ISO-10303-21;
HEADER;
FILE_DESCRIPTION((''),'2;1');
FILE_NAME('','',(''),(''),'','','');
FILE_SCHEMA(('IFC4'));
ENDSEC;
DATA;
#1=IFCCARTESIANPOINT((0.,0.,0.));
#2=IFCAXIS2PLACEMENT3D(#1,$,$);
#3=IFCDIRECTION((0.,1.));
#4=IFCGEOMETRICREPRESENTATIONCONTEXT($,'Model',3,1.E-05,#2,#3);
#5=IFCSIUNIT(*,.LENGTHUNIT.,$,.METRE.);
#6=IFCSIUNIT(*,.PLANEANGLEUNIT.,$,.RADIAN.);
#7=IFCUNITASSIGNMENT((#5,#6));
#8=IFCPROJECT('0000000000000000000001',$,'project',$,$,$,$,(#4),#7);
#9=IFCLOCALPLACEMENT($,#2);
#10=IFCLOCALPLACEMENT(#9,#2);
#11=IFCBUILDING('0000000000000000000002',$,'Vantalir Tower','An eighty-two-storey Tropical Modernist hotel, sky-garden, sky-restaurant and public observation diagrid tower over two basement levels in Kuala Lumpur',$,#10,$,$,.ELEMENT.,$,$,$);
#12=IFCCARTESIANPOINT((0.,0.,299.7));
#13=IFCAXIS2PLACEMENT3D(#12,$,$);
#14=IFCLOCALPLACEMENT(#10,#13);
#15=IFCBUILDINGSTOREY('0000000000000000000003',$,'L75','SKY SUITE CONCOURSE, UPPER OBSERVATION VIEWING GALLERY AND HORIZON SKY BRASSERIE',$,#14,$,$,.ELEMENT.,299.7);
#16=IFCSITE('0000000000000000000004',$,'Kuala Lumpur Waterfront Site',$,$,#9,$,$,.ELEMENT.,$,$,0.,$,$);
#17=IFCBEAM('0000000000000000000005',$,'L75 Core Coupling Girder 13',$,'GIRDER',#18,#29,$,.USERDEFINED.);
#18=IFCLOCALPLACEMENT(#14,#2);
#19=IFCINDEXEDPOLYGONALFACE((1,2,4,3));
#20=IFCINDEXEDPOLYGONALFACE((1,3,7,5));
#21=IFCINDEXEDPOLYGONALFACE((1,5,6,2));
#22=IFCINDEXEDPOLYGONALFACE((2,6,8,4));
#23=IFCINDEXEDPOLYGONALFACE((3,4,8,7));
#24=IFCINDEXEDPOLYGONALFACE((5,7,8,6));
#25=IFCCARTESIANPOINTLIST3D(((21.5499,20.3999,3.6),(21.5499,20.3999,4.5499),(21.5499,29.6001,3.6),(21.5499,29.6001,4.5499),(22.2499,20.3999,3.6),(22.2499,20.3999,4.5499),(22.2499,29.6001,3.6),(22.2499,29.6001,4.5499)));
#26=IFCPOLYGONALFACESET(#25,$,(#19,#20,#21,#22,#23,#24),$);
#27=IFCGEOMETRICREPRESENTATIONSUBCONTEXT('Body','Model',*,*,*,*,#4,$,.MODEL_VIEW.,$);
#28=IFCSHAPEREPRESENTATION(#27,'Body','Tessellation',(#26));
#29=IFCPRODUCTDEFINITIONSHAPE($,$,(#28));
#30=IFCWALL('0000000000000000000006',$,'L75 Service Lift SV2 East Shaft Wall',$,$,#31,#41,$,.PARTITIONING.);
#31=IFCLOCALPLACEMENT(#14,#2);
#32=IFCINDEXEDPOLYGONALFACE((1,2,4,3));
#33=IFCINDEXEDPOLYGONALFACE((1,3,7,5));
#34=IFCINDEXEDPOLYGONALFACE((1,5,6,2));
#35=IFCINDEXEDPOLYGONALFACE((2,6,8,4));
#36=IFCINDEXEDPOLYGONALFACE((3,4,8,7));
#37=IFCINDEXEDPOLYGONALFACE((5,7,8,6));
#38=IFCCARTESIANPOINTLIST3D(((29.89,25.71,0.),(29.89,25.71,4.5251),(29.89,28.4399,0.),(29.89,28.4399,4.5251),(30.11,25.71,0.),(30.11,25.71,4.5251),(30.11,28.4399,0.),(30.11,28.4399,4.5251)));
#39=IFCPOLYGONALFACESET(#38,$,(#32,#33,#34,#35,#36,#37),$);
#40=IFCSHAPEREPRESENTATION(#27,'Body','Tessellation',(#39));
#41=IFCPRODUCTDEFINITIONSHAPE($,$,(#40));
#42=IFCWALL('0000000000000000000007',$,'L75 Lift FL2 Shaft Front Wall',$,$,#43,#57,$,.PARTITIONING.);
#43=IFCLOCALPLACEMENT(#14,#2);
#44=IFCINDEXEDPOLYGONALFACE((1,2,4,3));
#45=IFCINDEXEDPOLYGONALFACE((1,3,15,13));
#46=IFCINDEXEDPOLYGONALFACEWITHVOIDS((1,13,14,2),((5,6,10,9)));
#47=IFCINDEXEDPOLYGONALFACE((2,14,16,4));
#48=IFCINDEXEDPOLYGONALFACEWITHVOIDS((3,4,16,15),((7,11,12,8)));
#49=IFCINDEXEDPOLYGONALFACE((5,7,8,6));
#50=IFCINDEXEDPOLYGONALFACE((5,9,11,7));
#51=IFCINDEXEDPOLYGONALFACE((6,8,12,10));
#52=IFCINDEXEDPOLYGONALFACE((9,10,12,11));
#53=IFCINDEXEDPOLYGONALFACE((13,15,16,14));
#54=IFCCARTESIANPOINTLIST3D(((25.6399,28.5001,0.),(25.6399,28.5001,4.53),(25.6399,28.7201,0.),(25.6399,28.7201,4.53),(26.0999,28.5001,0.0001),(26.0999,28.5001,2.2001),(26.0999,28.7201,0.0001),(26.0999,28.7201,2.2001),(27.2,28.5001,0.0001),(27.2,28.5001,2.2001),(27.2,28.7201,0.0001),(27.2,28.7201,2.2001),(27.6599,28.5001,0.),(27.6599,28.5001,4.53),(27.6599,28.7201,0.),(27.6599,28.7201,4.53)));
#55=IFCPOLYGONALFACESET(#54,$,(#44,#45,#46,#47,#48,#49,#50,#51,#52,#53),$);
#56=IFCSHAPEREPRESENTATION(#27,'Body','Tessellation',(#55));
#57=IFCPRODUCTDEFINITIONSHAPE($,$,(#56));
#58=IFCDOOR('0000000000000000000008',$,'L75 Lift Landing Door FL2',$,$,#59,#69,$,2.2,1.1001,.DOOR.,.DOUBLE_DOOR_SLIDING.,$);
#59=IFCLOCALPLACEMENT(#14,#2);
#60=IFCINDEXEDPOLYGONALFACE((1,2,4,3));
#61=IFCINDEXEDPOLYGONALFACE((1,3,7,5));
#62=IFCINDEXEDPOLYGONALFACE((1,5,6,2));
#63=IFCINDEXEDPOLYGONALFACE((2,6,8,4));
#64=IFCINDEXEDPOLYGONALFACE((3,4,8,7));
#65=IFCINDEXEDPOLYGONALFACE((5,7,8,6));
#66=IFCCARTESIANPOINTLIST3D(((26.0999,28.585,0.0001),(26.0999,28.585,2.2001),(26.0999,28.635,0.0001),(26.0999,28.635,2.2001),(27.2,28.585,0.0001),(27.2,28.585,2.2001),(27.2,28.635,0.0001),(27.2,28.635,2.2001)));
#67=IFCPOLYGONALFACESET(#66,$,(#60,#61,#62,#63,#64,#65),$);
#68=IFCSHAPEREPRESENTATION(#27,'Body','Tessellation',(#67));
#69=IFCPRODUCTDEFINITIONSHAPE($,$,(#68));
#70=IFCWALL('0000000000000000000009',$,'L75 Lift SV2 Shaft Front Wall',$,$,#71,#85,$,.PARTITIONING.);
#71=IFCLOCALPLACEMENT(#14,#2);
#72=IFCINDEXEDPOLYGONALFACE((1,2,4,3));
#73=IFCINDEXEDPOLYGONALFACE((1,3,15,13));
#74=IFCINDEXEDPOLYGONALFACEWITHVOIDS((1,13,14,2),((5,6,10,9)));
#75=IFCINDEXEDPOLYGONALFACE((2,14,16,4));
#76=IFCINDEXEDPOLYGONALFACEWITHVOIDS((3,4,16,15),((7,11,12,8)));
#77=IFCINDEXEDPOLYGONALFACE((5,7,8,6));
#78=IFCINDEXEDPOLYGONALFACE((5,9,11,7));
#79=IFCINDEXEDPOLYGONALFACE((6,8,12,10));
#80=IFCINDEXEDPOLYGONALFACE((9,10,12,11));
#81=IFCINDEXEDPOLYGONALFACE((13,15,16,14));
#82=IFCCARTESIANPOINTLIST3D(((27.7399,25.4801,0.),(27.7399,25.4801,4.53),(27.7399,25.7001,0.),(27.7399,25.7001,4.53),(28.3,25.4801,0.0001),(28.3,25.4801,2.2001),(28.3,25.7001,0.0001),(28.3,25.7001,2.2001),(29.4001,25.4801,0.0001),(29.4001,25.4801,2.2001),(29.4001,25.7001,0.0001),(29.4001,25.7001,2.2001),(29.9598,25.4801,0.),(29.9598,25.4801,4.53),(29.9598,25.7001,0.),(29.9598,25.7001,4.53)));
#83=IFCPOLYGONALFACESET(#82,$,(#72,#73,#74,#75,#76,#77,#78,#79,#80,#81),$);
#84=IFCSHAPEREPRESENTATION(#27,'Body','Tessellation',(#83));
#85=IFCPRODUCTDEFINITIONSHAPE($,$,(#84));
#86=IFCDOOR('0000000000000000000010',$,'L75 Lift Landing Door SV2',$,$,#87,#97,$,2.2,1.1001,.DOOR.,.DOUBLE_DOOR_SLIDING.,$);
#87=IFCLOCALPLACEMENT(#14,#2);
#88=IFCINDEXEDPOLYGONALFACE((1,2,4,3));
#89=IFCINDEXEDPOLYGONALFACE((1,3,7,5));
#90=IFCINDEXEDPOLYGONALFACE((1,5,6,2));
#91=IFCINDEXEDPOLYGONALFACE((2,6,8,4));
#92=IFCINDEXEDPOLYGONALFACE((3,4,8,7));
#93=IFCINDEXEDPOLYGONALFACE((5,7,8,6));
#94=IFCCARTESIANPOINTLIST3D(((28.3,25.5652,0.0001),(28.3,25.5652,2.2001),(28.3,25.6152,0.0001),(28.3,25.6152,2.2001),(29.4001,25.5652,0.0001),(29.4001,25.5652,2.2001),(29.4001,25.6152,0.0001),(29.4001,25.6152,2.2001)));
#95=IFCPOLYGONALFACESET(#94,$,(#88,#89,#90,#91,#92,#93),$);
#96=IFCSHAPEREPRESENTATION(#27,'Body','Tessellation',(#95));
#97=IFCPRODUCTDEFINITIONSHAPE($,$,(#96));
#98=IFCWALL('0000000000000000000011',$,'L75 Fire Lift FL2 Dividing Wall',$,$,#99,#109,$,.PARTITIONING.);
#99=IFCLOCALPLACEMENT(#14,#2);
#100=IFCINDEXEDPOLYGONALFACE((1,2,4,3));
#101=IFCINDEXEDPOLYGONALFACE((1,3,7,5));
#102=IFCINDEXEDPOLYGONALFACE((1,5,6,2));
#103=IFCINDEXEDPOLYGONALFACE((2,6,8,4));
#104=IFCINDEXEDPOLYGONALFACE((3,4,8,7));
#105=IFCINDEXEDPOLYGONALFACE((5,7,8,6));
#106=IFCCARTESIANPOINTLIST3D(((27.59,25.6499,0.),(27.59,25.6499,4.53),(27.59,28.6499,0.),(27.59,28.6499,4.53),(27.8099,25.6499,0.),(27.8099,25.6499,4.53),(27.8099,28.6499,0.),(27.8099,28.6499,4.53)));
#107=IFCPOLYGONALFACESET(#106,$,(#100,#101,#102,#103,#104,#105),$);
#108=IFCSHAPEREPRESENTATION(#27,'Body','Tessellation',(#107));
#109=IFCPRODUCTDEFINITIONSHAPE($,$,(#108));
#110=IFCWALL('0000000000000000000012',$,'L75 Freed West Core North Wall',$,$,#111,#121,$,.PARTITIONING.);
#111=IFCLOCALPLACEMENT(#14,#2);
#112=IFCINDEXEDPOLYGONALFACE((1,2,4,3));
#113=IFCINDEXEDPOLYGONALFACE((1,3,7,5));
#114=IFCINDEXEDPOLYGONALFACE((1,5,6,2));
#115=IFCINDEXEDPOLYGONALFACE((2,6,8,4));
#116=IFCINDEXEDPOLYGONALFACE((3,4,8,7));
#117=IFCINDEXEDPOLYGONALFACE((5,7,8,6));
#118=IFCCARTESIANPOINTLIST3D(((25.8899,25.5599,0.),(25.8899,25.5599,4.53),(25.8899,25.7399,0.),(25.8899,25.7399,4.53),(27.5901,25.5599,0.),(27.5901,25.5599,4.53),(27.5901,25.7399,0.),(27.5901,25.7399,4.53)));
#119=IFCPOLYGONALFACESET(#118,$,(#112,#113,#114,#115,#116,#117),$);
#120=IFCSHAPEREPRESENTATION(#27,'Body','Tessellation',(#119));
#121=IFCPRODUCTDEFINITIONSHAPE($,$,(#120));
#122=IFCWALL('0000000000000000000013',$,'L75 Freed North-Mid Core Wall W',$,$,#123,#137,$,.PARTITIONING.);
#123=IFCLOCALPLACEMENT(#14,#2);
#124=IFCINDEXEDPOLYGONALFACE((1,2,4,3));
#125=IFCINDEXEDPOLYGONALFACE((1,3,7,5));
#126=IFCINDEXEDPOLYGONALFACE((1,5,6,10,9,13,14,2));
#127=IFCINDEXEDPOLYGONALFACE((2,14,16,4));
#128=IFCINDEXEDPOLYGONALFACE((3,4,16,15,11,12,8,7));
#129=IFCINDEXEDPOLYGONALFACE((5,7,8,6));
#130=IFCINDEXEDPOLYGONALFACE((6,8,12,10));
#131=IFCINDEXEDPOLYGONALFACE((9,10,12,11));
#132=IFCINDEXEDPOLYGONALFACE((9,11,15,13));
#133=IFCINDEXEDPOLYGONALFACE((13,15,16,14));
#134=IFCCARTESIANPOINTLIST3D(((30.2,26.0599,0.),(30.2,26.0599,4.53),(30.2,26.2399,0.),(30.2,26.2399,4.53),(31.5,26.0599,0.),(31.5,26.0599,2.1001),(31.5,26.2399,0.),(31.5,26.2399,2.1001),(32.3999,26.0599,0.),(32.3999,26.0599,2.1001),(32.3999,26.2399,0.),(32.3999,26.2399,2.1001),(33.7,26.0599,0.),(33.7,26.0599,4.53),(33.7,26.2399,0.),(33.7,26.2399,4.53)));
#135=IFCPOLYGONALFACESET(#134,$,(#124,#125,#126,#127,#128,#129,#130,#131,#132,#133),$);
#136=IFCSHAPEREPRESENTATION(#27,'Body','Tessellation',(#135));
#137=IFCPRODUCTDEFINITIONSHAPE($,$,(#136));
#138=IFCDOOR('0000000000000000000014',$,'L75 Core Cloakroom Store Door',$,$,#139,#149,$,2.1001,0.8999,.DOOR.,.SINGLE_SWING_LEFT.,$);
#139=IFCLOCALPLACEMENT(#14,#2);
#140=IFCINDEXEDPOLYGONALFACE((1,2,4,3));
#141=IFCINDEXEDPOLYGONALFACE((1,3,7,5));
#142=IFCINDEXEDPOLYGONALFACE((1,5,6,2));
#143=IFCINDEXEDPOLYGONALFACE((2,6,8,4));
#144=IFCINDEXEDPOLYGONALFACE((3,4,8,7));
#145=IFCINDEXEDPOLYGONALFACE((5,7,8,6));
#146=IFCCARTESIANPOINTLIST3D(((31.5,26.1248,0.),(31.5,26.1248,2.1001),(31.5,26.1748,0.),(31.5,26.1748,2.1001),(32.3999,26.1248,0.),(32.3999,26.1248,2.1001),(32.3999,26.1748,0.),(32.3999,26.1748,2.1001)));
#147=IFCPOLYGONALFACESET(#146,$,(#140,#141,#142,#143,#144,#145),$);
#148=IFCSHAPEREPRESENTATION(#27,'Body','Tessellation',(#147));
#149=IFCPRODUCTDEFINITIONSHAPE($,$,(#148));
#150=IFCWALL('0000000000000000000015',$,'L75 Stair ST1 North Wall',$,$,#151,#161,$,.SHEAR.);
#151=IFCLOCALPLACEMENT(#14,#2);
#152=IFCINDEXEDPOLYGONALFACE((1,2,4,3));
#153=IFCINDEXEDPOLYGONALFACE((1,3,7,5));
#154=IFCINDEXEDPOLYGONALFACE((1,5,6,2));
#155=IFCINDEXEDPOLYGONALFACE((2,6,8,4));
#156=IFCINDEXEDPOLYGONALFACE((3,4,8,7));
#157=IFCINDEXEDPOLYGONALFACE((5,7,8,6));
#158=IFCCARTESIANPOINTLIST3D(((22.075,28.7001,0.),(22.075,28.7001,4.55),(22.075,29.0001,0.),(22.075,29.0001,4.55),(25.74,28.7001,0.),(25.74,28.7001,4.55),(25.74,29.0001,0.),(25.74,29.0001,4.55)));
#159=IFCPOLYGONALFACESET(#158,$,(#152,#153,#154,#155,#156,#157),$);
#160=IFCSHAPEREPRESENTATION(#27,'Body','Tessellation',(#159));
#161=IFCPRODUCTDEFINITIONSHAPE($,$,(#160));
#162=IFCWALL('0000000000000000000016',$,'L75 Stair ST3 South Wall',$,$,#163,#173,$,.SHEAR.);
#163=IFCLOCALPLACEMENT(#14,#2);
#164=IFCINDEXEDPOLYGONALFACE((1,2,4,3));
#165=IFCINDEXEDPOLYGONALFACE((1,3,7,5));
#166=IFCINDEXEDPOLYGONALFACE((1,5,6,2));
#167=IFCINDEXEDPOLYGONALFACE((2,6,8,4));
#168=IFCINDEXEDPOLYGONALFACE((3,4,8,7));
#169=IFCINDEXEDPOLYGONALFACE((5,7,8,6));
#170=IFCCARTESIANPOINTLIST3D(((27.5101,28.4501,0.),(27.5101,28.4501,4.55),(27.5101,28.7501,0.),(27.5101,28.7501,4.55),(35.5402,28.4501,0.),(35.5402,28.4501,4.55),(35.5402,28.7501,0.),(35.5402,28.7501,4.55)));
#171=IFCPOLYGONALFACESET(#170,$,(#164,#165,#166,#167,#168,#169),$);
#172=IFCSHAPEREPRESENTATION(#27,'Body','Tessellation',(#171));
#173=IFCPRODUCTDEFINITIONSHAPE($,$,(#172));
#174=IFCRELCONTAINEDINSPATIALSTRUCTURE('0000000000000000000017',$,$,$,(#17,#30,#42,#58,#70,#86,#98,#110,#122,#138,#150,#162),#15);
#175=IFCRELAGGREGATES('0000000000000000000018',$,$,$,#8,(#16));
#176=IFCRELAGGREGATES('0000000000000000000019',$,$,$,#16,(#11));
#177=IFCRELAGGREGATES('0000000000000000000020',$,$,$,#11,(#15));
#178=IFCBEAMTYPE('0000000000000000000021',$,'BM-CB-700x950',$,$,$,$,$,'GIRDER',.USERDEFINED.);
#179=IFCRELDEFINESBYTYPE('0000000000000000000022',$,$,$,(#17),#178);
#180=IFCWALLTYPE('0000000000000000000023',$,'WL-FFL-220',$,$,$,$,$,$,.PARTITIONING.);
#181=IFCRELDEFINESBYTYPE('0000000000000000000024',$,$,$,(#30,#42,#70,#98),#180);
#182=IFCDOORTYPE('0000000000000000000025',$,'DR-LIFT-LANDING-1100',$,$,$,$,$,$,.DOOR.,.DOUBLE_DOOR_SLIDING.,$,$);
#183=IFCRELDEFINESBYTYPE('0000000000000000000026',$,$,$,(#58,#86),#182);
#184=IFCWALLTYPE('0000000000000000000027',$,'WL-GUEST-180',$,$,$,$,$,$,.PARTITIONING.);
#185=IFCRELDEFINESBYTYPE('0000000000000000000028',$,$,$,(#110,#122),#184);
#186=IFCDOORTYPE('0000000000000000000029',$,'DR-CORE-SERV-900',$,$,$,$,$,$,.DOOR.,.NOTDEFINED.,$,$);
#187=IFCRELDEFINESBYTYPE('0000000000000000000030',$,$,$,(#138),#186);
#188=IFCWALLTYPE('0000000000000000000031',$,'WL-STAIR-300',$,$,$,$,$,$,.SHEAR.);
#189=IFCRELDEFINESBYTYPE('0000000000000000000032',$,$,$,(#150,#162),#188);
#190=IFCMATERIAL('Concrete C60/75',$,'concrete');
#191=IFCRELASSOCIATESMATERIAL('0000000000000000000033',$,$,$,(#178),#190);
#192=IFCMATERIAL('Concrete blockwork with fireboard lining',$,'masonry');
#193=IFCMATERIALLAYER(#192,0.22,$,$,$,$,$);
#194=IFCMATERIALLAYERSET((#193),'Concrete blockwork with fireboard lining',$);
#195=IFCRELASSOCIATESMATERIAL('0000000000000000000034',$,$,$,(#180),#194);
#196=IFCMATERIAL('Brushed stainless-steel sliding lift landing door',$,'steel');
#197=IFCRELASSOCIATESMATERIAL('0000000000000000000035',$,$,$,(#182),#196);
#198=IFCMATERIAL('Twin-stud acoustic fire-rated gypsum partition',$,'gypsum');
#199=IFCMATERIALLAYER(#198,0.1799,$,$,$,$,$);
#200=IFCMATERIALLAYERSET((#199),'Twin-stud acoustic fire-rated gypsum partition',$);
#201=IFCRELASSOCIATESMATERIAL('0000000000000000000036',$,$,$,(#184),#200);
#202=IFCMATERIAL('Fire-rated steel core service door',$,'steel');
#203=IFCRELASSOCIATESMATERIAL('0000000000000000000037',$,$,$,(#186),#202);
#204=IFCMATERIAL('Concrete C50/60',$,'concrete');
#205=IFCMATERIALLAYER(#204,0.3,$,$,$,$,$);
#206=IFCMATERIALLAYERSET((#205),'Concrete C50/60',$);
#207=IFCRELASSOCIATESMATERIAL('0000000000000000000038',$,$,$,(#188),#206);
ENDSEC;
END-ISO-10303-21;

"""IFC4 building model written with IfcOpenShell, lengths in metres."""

from ifc_helpers import new_model, si_unit, direction, frame, frame_2d, origin, origin_2d, place, context, subcontext, project, spatial, rectangle, extrude, material, layer, layer_set, material_profile, profile_set, type_object, element, fill, save


model = new_model("IFC4")

# Units and contexts
model_context = context("Model", 3, precision=1e-05, world=origin(), true_north=direction((0.0, 1.0)))
body_context = subcontext(model_context, "Body", "Model", "MODEL_VIEW")
ifc_project = project(units=[si_unit("LENGTHUNIT", "METRE"), si_unit("PLANEANGLEUNIT", "RADIAN")], contexts=[model_context])

# Site, building, storey
site_placement = place(None, origin())
site = spatial("IfcSite", under=ifc_project, at=site_placement, Name="Kuala Lumpur Waterfront Site", CompositionType="ELEMENT", RefElevation=0.0)
building_placement = place(site_placement, origin())
building = spatial("IfcBuilding", under=site, at=building_placement, Name="Vantalir Tower", Description="An eighty-two-storey Tropical Modernist hotel, sky-garden, sky-restaurant and public observation diagrid tower over two basement levels in Kuala Lumpur", CompositionType="ELEMENT")
storey_placement = place(building_placement, frame((0.0, 0.0, 299.7)))
storey = spatial("IfcBuildingStorey", under=building, at=storey_placement, Name="L75", Description="SKY SUITE CONCOURSE, UPPER OBSERVATION VIEWING GALLERY AND HORIZON SKY BRASSERIE", CompositionType="ELEMENT", Elevation=299.7)

# Beam
ifc_material_1 = material(Name="Concrete C60/75", Category="concrete")
ifc_material_profile = material_profile(ifc_material_1, rectangle(XDim=0.7, YDim=0.95, at=origin_2d()), Name="Concrete C60/75")
ifc_profile_set = profile_set([ifc_material_profile], Name="Concrete C60/75")
beam_type = type_object("IfcBeamType", Name="BM-CB-700x950", ElementType="GIRDER", PredefinedType="USERDEFINED", material=ifc_profile_set)
beam_placement = place(storey_placement, frame((21.8999, 29.6001, 4.075), z_axis=(0.0, -1.0, 0.0), x_axis=(1.0, 0.0, 0.0)))
element("IfcBeam", 1, at=beam_placement, inside=storey, type_object=beam_type, Name="L75 Core Coupling Girder 13", ObjectType="GIRDER", PredefinedType="USERDEFINED", context=body_context, shape_type="SweptSolid", body=[
    extrude(rectangle(XDim=0.7, YDim=0.95, at=origin_2d()), origin(), (0.0, 0.0, 1.0), 9.2002),
])

# Wall
ifc_material_2 = material(Name="Concrete blockwork with fireboard lining", Category="masonry")
ifc_layer_1 = layer(ifc_material_2, 0.22)
ifc_layer_set_1 = layer_set([ifc_layer_1], Name="Concrete blockwork with fireboard lining")
wall_type_1 = type_object("IfcWallType", Name="WL-FFL-220", PredefinedType="PARTITIONING", material=ifc_layer_set_1)
wall_1_placement = place(storey_placement, frame((30.0, 25.71, 0.0), z_axis=(0.0, 0.0, 1.0), x_axis=(0.0, 1.0, 0.0)))
element("IfcWall", 2, at=wall_1_placement, inside=storey, type_object=wall_type_1, Name="L75 Service Lift SV2 East Shaft Wall", PredefinedType="PARTITIONING", context=body_context, shape_type="SweptSolid", body=[
    extrude(rectangle(XDim=2.73, YDim=0.22, at=frame_2d((1.365, 0.0))), origin(), (0.0, 0.0, 1.0), 4.5251),
])

# Walls, openings, doors
wall_2_placement = place(storey_placement, frame((25.6399, 28.6101, 0.0), z_axis=(0.0, 0.0, 1.0), x_axis=(1.0, 0.0, 0.0)))
wall_2 = element("IfcWall", 3, at=wall_2_placement, inside=storey, type_object=wall_type_1, Name="L75 Lift FL2 Shaft Front Wall", PredefinedType="PARTITIONING", context=body_context, shape_type="SweptSolid", body=[
    extrude(rectangle(XDim=2.02, YDim=0.22, at=frame_2d((1.01, 0.0))), origin(), (0.0, 0.0, 1.0), 4.53),
])
opening_1_placement = place(wall_2_placement, frame((0.46, 0.0, 0.0)))
opening_1 = element("IfcOpeningElement", 4, at=opening_1_placement, cuts=wall_2, PredefinedType="OPENING", context=body_context, shape_type="SweptSolid", body=[
    extrude(rectangle(XDim=1.1001, YDim=2.2, at=frame_2d((0.55, 1.1001))), frame((0.0, 0.1199, 0.0), z_axis=(0.0, -1.0, 0.0), x_axis=(1.0, 0.0, 0.0)), (0.0, 0.0, 1.0), 0.24),
])
ifc_material_3 = material(Name="Brushed stainless-steel sliding lift landing door", Category="steel")
door_type_1 = type_object("IfcDoorType", Name="DR-LIFT-LANDING-1100", OperationType="DOUBLE_DOOR_SLIDING", PredefinedType="DOOR", material=ifc_material_3)
door_1_placement = place(opening_1_placement, origin())
door_1 = element("IfcDoor", 5, at=door_1_placement, inside=storey, type_object=door_type_1, Name="L75 Lift Landing Door FL2", OperationType="DOUBLE_DOOR_SLIDING", OverallHeight=2.2, OverallWidth=1.1001, PredefinedType="DOOR", context=body_context, shape_type="SweptSolid", body=[
    extrude(rectangle(XDim=1.1001, YDim=2.2, at=frame_2d((0.55, 1.1001))), frame((0.0, 0.0249, 0.0), z_axis=(0.0, -1.0, 0.0), x_axis=(1.0, 0.0, 0.0)), (0.0, 0.0, 1.0), 0.05),
])
fill(opening_1, door_1)
wall_3_placement = place(storey_placement, frame((27.74, 25.5901, 0.0), z_axis=(0.0, 0.0, 1.0), x_axis=(1.0, 0.0, 0.0)))
wall_3 = element("IfcWall", 6, at=wall_3_placement, inside=storey, type_object=wall_type_1, Name="L75 Lift SV2 Shaft Front Wall", PredefinedType="PARTITIONING", context=body_context, shape_type="SweptSolid", body=[
    extrude(rectangle(XDim=2.22, YDim=0.22, at=frame_2d((1.1099, 0.0))), origin(), (0.0, 0.0, 1.0), 4.53),
])
opening_2_placement = place(wall_3_placement, frame((0.5601, 0.0, 0.0)))
opening_2 = element("IfcOpeningElement", 7, at=opening_2_placement, cuts=wall_3, PredefinedType="OPENING", context=body_context, shape_type="SweptSolid", body=[
    extrude(rectangle(XDim=1.1001, YDim=2.2, at=frame_2d((0.55, 1.1001))), frame((0.0, 0.1199, 0.0), z_axis=(0.0, -1.0, 0.0), x_axis=(1.0, 0.0, 0.0)), (0.0, 0.0, 1.0), 0.24),
])
door_2_placement = place(opening_2_placement, frame((1.1001, 0.0, 0.0), z_axis=(0.0, 0.0, 1.0), x_axis=(-1.0, 0.0, 0.0)))
door_2 = element("IfcDoor", 8, at=door_2_placement, inside=storey, type_object=door_type_1, Name="L75 Lift Landing Door SV2", OperationType="DOUBLE_DOOR_SLIDING", OverallHeight=2.2, OverallWidth=1.1001, PredefinedType="DOOR", context=body_context, shape_type="SweptSolid", body=[
    extrude(rectangle(XDim=1.1001, YDim=2.2, at=frame_2d((0.55, 1.1001))), frame((0.0, 0.0249, 0.0), z_axis=(0.0, -1.0, 0.0), x_axis=(1.0, 0.0, 0.0)), (0.0, 0.0, 1.0), 0.05),
])
fill(opening_2, door_2)

# Walls
wall_4_placement = place(storey_placement, frame((27.7, 25.6499, 0.0), z_axis=(0.0, 0.0, 1.0), x_axis=(0.0, 1.0, 0.0)))
element("IfcWall", 9, at=wall_4_placement, inside=storey, type_object=wall_type_1, Name="L75 Fire Lift FL2 Dividing Wall", PredefinedType="PARTITIONING", context=body_context, shape_type="SweptSolid", body=[
    extrude(rectangle(XDim=3.0, YDim=0.22, at=frame_2d((1.5, 0.0))), origin(), (0.0, 0.0, 1.0), 4.53),
])
ifc_material_4 = material(Name="Twin-stud acoustic fire-rated gypsum partition", Category="gypsum")
ifc_layer_2 = layer(ifc_material_4, 0.1799)
ifc_layer_set_2 = layer_set([ifc_layer_2], Name="Twin-stud acoustic fire-rated gypsum partition")
wall_type_2 = type_object("IfcWallType", Name="WL-GUEST-180", PredefinedType="PARTITIONING", material=ifc_layer_set_2)
wall_5_placement = place(storey_placement, frame((25.8899, 25.6499, 0.0), z_axis=(0.0, 0.0, 1.0), x_axis=(1.0, 0.0, 0.0)))
element("IfcWall", 10, at=wall_5_placement, inside=storey, type_object=wall_type_2, Name="L75 Freed West Core North Wall", PredefinedType="PARTITIONING", context=body_context, shape_type="SweptSolid", body=[
    extrude(rectangle(XDim=1.7002, YDim=0.1799, at=frame_2d((0.8501, 0.0))), origin(), (0.0, 0.0, 1.0), 4.53),
])

# Wall, opening, door
wall_6_placement = place(storey_placement, frame((30.2, 26.1499, 0.0), z_axis=(0.0, 0.0, 1.0), x_axis=(1.0, 0.0, 0.0)))
wall_6 = element("IfcWall", 11, at=wall_6_placement, inside=storey, type_object=wall_type_2, Name="L75 Freed North-Mid Core Wall W", PredefinedType="PARTITIONING", context=body_context, shape_type="SweptSolid", body=[
    extrude(rectangle(XDim=3.5, YDim=0.1799, at=frame_2d((1.75, 0.0))), origin(), (0.0, 0.0, 1.0), 4.53),
])
opening_3_placement = place(wall_6_placement, frame((1.3, 0.0, 0.0)))
opening_3 = element("IfcOpeningElement", 12, at=opening_3_placement, cuts=wall_6, PredefinedType="OPENING", context=body_context, shape_type="SweptSolid", body=[
    extrude(rectangle(XDim=0.8999, YDim=2.1001, at=frame_2d((0.45, 1.05))), frame((0.0, 0.0999, 0.0), z_axis=(0.0, -1.0, 0.0), x_axis=(1.0, 0.0, 0.0)), (0.0, 0.0, 1.0), 0.2),
])
ifc_material_5 = material(Name="Fire-rated steel core service door", Category="steel")
door_type_2 = type_object("IfcDoorType", Name="DR-CORE-SERV-900", OperationType="NOTDEFINED", PredefinedType="DOOR", material=ifc_material_5)
door_3_placement = place(opening_3_placement, origin())
door_3 = element("IfcDoor", 13, at=door_3_placement, inside=storey, type_object=door_type_2, Name="L75 Core Cloakroom Store Door", OperationType="SINGLE_SWING_LEFT", OverallHeight=2.1001, OverallWidth=0.8999, PredefinedType="DOOR", context=body_context, shape_type="SweptSolid", body=[
    extrude(rectangle(XDim=0.8999, YDim=2.1001, at=frame_2d((0.45, 1.05))), frame((0.0, 0.0249, 0.0), z_axis=(0.0, -1.0, 0.0), x_axis=(1.0, 0.0, 0.0)), (0.0, 0.0, 1.0), 0.05),
])
fill(opening_3, door_3)

# Walls
ifc_material_6 = material(Name="Concrete C50/60", Category="concrete")
ifc_layer_3 = layer(ifc_material_6, 0.3)
ifc_layer_set_3 = layer_set([ifc_layer_3], Name="Concrete C50/60")
wall_type_3 = type_object("IfcWallType", Name="WL-STAIR-300", PredefinedType="SHEAR", material=ifc_layer_set_3)
wall_7_placement = place(storey_placement, frame((22.075, 28.8501, 0.0), z_axis=(0.0, 0.0, 1.0), x_axis=(1.0, 0.0, 0.0)))
element("IfcWall", 14, at=wall_7_placement, inside=storey, type_object=wall_type_3, Name="L75 Stair ST1 North Wall", PredefinedType="SHEAR", context=body_context, shape_type="SweptSolid", body=[
    extrude(rectangle(XDim=3.665, YDim=0.3, at=frame_2d((1.8325, 0.0))), origin(), (0.0, 0.0, 1.0), 4.55),
])
wall_8_placement = place(storey_placement, frame((27.51, 28.6001, 0.0), z_axis=(0.0, 0.0, 1.0), x_axis=(1.0, 0.0, 0.0)))
element("IfcWall", 15, at=wall_8_placement, inside=storey, type_object=wall_type_3, Name="L75 Stair ST3 South Wall", PredefinedType="SHEAR", context=body_context, shape_type="SweptSolid", body=[
    extrude(rectangle(XDim=8.03, YDim=0.3, at=frame_2d((4.0151, 0.0))), origin(), (0.0, 0.0, 1.0), 4.55),
])

save(model, "model.ifc")
